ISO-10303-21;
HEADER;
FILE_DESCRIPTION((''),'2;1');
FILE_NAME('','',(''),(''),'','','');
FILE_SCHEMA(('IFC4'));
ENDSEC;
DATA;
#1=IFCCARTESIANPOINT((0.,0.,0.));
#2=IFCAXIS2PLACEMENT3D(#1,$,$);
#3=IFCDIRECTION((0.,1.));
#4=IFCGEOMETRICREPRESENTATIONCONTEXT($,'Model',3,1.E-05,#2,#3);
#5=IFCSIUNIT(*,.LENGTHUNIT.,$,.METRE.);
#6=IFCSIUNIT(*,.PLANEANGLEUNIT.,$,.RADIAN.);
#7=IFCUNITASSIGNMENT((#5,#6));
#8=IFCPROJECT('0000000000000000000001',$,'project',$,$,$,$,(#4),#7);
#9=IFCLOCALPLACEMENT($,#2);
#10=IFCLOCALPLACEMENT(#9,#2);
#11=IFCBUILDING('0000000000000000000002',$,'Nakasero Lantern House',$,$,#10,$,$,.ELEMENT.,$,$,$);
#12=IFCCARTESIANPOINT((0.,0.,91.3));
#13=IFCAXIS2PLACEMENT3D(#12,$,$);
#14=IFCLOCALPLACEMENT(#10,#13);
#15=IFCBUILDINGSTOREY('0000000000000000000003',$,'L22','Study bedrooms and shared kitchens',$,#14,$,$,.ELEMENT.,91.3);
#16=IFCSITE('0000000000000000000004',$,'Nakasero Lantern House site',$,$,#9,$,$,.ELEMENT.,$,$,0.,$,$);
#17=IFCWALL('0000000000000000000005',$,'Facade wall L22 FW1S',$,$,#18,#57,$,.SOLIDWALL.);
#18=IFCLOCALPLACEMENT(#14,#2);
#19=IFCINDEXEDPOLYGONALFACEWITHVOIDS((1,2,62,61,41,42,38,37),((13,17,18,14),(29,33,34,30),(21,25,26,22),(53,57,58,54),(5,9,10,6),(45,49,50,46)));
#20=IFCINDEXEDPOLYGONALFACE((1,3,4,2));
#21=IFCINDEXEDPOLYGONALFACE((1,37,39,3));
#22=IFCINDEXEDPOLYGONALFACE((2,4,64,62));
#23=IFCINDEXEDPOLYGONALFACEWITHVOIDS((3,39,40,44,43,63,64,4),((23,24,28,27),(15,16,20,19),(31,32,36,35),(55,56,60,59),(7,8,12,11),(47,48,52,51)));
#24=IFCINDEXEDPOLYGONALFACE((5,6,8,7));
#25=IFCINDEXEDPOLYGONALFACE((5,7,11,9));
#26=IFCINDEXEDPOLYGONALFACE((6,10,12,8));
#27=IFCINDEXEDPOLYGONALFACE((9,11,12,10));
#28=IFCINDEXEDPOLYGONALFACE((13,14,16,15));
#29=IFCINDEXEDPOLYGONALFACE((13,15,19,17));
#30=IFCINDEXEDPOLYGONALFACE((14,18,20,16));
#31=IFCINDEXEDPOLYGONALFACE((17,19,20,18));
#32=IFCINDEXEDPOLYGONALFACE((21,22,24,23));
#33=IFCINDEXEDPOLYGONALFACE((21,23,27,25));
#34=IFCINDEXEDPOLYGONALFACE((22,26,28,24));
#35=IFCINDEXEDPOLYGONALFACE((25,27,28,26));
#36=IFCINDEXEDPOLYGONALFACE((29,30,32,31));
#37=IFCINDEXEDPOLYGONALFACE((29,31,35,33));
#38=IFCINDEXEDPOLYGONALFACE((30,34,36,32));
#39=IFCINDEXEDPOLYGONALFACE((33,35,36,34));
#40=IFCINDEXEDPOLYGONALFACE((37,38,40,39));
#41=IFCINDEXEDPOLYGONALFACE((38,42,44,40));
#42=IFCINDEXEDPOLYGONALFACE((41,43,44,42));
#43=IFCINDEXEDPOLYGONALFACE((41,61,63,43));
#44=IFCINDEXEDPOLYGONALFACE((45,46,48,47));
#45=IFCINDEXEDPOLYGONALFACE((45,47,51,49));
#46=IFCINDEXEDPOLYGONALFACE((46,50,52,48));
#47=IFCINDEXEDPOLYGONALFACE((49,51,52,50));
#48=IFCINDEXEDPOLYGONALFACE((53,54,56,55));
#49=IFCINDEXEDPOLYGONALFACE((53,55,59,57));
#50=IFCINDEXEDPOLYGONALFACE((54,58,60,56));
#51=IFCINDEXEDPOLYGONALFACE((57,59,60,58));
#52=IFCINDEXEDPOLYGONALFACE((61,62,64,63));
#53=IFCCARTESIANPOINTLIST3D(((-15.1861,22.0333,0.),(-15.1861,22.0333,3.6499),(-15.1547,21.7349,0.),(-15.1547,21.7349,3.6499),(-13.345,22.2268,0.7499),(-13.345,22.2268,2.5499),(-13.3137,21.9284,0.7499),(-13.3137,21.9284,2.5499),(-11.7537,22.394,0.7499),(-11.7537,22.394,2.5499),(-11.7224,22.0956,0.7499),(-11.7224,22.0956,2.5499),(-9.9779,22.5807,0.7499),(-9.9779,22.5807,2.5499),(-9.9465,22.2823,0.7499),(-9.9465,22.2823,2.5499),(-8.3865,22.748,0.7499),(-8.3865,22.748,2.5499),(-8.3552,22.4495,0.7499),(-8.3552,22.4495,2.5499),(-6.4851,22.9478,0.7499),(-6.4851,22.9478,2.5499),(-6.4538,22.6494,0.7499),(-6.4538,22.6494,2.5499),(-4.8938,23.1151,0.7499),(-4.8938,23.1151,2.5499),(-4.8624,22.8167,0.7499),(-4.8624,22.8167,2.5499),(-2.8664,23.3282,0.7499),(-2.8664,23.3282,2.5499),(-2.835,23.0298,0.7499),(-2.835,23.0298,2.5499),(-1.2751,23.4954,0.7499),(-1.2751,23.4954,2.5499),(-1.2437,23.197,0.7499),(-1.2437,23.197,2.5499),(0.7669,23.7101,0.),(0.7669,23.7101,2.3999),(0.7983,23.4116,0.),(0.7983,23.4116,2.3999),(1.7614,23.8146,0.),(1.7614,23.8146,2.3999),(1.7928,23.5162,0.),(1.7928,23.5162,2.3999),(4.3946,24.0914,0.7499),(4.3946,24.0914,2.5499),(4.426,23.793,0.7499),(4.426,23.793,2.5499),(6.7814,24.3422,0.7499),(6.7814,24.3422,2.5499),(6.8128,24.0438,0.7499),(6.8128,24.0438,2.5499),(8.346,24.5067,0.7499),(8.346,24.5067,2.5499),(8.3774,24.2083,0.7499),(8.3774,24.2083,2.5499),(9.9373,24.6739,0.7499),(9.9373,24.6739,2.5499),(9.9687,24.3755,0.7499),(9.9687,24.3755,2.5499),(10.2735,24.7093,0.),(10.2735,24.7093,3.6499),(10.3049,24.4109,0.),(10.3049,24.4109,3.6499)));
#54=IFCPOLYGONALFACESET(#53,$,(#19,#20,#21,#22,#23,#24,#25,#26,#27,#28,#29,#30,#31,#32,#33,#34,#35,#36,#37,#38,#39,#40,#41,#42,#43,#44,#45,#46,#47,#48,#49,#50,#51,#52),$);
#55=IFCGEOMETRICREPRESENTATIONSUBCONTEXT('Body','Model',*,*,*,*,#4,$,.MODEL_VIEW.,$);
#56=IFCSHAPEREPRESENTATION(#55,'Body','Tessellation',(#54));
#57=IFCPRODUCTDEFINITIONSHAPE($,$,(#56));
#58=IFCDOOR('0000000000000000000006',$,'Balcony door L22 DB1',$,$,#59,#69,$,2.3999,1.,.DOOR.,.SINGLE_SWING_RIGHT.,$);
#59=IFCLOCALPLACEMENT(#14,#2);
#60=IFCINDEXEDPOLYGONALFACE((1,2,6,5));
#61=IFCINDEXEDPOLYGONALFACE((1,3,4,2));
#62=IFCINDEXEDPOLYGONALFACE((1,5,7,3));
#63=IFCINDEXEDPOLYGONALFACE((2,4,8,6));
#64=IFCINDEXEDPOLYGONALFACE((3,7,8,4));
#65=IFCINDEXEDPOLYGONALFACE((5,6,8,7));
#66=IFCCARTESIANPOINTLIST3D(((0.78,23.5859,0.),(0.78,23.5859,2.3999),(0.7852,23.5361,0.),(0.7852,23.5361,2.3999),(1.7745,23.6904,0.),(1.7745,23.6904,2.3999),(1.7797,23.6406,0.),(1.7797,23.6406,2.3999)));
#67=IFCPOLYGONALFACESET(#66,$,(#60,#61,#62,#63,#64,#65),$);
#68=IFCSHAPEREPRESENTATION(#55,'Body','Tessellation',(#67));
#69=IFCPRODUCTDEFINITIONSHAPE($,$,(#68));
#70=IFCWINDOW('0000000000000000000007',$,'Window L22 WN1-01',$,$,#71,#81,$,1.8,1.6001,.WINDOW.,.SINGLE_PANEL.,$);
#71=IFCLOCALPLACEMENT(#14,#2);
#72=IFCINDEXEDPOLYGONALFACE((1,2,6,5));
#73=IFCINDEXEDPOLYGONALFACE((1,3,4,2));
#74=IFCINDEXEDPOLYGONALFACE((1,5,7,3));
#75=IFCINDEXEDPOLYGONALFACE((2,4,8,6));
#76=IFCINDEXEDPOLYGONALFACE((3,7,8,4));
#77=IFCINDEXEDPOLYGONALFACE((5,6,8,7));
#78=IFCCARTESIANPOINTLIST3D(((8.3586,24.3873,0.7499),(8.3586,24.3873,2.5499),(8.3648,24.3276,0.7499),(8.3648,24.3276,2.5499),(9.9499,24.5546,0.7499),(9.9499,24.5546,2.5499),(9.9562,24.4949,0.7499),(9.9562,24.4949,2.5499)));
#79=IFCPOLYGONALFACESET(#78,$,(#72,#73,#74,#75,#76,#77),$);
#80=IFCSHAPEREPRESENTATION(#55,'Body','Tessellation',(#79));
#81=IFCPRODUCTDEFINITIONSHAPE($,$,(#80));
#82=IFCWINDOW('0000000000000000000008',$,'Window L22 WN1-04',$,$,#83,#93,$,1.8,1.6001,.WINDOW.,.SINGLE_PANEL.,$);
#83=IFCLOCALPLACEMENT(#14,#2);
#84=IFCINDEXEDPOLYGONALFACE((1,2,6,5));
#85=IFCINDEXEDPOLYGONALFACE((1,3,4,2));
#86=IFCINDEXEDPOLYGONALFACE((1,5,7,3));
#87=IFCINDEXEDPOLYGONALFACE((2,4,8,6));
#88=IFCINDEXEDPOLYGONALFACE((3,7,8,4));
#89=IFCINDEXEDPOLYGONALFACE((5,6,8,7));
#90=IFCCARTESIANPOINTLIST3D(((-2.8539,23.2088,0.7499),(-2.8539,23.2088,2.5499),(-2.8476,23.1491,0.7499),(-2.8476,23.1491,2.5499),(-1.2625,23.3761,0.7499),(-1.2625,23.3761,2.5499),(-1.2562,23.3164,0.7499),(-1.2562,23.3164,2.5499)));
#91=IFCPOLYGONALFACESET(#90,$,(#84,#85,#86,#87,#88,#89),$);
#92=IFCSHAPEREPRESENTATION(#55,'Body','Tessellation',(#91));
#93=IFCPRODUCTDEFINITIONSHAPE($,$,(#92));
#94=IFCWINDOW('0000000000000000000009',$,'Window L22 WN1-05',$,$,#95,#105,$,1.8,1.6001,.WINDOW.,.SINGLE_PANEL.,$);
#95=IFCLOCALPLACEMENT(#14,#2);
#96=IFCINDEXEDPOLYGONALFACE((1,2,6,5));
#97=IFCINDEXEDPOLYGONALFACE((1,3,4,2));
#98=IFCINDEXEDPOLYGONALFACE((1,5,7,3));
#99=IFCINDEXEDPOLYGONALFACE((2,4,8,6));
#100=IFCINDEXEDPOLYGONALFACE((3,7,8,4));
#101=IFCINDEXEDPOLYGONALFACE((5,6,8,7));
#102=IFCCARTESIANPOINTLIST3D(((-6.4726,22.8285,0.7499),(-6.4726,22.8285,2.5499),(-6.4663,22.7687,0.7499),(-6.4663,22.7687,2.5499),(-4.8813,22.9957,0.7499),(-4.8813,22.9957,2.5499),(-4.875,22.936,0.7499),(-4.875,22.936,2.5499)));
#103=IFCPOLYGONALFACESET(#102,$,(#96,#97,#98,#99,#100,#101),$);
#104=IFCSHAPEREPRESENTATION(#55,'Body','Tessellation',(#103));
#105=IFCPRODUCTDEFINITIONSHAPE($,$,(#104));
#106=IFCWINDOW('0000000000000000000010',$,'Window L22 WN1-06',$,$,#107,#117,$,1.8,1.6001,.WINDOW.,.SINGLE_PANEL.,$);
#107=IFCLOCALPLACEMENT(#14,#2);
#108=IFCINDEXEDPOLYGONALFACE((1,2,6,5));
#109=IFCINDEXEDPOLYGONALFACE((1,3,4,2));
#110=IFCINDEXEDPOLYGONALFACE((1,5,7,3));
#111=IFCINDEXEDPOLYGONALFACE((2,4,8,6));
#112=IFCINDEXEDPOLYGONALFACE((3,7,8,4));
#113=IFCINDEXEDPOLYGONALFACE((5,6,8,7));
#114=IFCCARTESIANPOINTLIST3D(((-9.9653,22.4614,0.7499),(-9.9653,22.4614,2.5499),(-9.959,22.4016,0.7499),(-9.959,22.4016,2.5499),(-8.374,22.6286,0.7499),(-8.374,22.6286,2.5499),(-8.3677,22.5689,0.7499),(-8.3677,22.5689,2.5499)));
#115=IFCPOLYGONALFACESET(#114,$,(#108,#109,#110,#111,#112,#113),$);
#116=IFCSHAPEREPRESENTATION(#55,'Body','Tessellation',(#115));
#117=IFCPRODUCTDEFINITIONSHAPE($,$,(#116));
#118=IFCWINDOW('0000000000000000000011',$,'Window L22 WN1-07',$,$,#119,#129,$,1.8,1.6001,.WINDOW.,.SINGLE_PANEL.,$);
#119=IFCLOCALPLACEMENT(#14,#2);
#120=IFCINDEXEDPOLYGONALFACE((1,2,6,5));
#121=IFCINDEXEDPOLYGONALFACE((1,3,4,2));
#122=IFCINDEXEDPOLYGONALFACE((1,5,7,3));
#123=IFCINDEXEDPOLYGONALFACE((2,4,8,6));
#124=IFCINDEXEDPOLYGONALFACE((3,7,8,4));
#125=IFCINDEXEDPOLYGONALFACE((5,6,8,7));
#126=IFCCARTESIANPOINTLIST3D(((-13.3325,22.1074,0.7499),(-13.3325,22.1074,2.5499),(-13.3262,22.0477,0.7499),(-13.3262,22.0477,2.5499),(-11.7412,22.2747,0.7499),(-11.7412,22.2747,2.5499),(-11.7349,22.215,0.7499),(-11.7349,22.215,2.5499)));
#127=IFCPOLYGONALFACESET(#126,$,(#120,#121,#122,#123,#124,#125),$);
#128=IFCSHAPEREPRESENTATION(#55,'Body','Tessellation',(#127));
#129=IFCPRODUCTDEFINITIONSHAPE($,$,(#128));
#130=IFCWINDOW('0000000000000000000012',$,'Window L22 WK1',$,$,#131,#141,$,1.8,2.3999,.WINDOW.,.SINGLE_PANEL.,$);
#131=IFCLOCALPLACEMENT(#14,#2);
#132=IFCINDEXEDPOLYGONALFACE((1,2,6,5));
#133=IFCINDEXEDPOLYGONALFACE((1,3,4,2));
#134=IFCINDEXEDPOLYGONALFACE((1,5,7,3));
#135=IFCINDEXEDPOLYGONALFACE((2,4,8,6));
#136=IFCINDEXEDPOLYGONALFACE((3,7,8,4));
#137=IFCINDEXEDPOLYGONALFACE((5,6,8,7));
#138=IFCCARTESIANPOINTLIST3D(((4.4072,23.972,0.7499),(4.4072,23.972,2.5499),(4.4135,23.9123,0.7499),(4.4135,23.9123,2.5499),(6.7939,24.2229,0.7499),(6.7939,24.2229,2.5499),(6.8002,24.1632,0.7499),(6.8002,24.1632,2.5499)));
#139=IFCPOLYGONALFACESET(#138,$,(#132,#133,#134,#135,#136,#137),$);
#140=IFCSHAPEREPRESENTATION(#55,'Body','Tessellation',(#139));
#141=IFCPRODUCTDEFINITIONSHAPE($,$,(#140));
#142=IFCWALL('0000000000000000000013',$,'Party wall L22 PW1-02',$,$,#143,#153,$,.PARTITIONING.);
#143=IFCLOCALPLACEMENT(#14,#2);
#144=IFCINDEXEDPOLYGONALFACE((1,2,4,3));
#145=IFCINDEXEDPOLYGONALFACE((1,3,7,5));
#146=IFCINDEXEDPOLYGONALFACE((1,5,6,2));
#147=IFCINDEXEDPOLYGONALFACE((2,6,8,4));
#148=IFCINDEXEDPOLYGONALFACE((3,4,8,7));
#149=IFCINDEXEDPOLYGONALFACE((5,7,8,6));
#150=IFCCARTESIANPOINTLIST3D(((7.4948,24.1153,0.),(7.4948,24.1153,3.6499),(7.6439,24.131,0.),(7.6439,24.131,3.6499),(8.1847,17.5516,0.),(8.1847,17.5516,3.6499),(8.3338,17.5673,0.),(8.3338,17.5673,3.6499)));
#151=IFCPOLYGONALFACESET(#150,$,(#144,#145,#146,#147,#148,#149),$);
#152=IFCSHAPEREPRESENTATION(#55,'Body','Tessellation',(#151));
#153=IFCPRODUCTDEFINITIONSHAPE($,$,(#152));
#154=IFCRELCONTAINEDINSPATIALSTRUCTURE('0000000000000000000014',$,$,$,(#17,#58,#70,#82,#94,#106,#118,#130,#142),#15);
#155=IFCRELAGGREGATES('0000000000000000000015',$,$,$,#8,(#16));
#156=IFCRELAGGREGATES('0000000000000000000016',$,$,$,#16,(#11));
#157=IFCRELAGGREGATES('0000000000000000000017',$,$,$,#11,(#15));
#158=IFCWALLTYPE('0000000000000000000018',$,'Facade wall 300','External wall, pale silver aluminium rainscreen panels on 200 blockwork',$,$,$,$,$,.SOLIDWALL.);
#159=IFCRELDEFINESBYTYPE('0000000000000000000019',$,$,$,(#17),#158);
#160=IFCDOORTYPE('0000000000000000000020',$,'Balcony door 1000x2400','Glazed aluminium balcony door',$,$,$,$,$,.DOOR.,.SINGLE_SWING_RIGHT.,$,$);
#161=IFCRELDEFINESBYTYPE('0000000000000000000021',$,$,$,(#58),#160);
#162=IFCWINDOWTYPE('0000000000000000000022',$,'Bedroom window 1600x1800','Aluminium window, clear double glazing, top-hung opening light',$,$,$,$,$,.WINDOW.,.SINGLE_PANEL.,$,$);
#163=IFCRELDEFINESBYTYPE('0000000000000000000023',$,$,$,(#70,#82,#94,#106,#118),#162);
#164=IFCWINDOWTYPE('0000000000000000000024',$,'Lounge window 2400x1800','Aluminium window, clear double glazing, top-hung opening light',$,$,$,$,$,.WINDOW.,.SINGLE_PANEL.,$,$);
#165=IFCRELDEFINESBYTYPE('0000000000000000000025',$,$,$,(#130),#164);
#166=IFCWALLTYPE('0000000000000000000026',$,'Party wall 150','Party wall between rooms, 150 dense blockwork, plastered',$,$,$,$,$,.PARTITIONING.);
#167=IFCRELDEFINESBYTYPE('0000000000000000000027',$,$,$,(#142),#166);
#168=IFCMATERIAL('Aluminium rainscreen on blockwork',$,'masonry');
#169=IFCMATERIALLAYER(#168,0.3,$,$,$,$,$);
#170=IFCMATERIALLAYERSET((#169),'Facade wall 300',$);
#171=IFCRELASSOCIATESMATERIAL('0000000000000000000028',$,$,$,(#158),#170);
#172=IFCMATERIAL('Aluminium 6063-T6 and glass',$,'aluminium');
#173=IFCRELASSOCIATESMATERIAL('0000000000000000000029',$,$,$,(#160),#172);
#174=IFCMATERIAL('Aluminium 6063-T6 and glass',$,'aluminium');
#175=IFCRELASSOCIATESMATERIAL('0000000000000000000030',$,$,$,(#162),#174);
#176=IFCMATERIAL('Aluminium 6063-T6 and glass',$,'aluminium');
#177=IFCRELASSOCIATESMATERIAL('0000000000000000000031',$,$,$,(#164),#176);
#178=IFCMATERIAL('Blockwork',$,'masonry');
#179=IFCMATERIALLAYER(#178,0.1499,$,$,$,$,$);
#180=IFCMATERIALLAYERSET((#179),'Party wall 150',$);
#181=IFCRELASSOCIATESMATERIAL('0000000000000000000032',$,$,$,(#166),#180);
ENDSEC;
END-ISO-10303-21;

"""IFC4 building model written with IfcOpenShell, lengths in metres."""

from ifc_helpers import new_model, si_unit, direction, frame, frame_2d, origin, place, context, subcontext, project, spatial, rectangle, extrude, material, layer, layer_set, type_object, element, fill, save


model = new_model("IFC4")

# Units and contexts
model_context = context("Model", 3, precision=1e-05, world=origin(), true_north=direction((0.0, 1.0)))
body_context = subcontext(model_context, "Body", "Model", "MODEL_VIEW")
ifc_project = project(units=[si_unit("LENGTHUNIT", "METRE"), si_unit("PLANEANGLEUNIT", "RADIAN")], contexts=[model_context])

# Site, building, storey
site_placement = place(None, origin())
site = spatial("IfcSite", under=ifc_project, at=site_placement, Name="Nakasero Lantern House site", CompositionType="ELEMENT", RefElevation=0.0)
building_placement = place(site_placement, origin())
building = spatial("IfcBuilding", under=site, at=building_placement, Name="Nakasero Lantern House", CompositionType="ELEMENT")
storey_placement = place(building_placement, frame((0.0, 0.0, 91.3)))
storey = spatial("IfcBuildingStorey", under=building, at=storey_placement, Name="L22", Description="Study bedrooms and shared kitchens", CompositionType="ELEMENT", Elevation=91.3)

# Wall, openings, door, windows
ifc_material_1 = material(Name="Aluminium rainscreen on blockwork", Category="masonry")
ifc_layer_1 = layer(ifc_material_1, 0.3)
ifc_layer_set_1 = layer_set([ifc_layer_1], Name="Facade wall 300")
wall_type_1 = type_object("IfcWallType", Name="Facade wall 300", Description="External wall, pale silver aluminium rainscreen panels on 200 blockwork", PredefinedType="SOLIDWALL", material=ifc_layer_set_1)
wall_1_placement = place(storey_placement, frame((10.2891, 24.5601, 0.0), z_axis=(0.0, 0.0, 1.0), x_axis=(-0.994521, -0.104532, 0.0)))
wall_1 = element("IfcWall", 1, at=wall_1_placement, inside=storey, type_object=wall_type_1, Name="Facade wall L22 FW1S", PredefinedType="SOLIDWALL", context=body_context, shape_type="SweptSolid", body=[
    extrude(rectangle(XDim=25.5999, YDim=0.3, at=frame_2d((12.7998, 0.0))), origin(), (0.0, 0.0, 1.0), 3.6499),
])
opening_1_placement = place(wall_1_placement, frame((0.3379, 0.0, 0.75)))
opening_1 = element("IfcOpeningElement", 2, at=opening_1_placement, cuts=wall_1, PredefinedType="OPENING", context=body_context, shape_type="SweptSolid", body=[
    extrude(rectangle(XDim=1.6001, YDim=1.8, at=frame_2d((0.8, 0.8999))), frame((0.0, 0.1699, 0.0), z_axis=(0.0, -1.0, 0.0), x_axis=(1.0, 0.0, 0.0)), (0.0, 0.0, 1.0), 0.3401),
])
opening_2_placement = place(wall_1_placement, frame((11.6121, 0.0, 0.75)))
opening_2 = element("IfcOpeningElement", 3, at=opening_2_placement, cuts=wall_1, PredefinedType="OPENING", context=body_context, shape_type="SweptSolid", body=[
    extrude(rectangle(XDim=1.6001, YDim=1.8, at=frame_2d((0.8, 0.8999))), frame((0.0, 0.1699, 0.0), z_axis=(0.0, -1.0, 0.0), x_axis=(1.0, 0.0, 0.0)), (0.0, 0.0, 1.0), 0.3401),
])
opening_3_placement = place(wall_1_placement, frame((15.2507, 0.0, 0.75)))
opening_3 = element("IfcOpeningElement", 4, at=opening_3_placement, cuts=wall_1, PredefinedType="OPENING", context=body_context, shape_type="SweptSolid", body=[
    extrude(rectangle(XDim=1.6001, YDim=1.8, at=frame_2d((0.8, 0.8999))), frame((0.0, 0.1699, 0.0), z_axis=(0.0, -1.0, 0.0), x_axis=(1.0, 0.0, 0.0)), (0.0, 0.0, 1.0), 0.3401),
])
opening_4_placement = place(wall_1_placement, frame((18.7627, 0.0, 0.75)))
opening_4 = element("IfcOpeningElement", 5, at=opening_4_placement, cuts=wall_1, PredefinedType="OPENING", context=body_context, shape_type="SweptSolid", body=[
    extrude(rectangle(XDim=1.6001, YDim=1.8, at=frame_2d((0.8, 0.8999))), frame((0.0, 0.1699, 0.0), z_axis=(0.0, -1.0, 0.0), x_axis=(1.0, 0.0, 0.0)), (0.0, 0.0, 1.0), 0.3401),
])
opening_5_placement = place(wall_1_placement, frame((22.1484, 0.0, 0.75)))
opening_5 = element("IfcOpeningElement", 6, at=opening_5_placement, cuts=wall_1, PredefinedType="OPENING", context=body_context, shape_type="SweptSolid", body=[
    extrude(rectangle(XDim=1.6001, YDim=1.8, at=frame_2d((0.8, 0.8999))), frame((0.0, 0.1699, 0.0), z_axis=(0.0, -1.0, 0.0), x_axis=(1.0, 0.0, 0.0)), (0.0, 0.0, 1.0), 0.3401),
])
opening_6_placement = place(wall_1_placement, frame((3.5112, 0.0, 0.75)))
opening_6 = element("IfcOpeningElement", 7, at=opening_6_placement, cuts=wall_1, PredefinedType="OPENING", context=body_context, shape_type="SweptSolid", body=[
    extrude(rectangle(XDim=2.3999, YDim=1.8, at=frame_2d((1.2, 0.8999))), frame((0.0, 0.1699, 0.0), z_axis=(0.0, -1.0, 0.0), x_axis=(1.0, 0.0, 0.0)), (0.0, 0.0, 1.0), 0.3401),
])
opening_7_placement = place(wall_1_placement, frame((8.5588, 0.0, 0.0)))
opening_7 = element("IfcOpeningElement", 8, at=opening_7_placement, cuts=wall_1, PredefinedType="OPENING", context=body_context, shape_type="SweptSolid", body=[
    extrude(rectangle(XDim=1.0, YDim=2.3999, at=frame_2d((0.5, 1.2))), frame((0.0, 0.1699, 0.0), z_axis=(0.0, -1.0, 0.0), x_axis=(1.0, 0.0, 0.0)), (0.0, 0.0, 1.0), 0.3401),
])
ifc_material_2 = material(Name="Aluminium 6063-T6 and glass", Category="aluminium")
door_type_1 = type_object("IfcDoorType", Name="Balcony door 1000x2400", Description="Glazed aluminium balcony door", OperationType="SINGLE_SWING_RIGHT", PredefinedType="DOOR", material=ifc_material_2)
door_1_placement = place(opening_7_placement, origin())
door_1 = element("IfcDoor", 9, at=door_1_placement, inside=storey, type_object=door_type_1, Name="Balcony door L22 DB1", OperationType="SINGLE_SWING_RIGHT", OverallHeight=2.3999, OverallWidth=1.0, PredefinedType="DOOR", context=body_context, shape_type="SweptSolid", body=[
    extrude(rectangle(XDim=1.0, YDim=2.3999, at=frame_2d((0.5, 1.2))), frame((0.0, 0.0249, 0.0), z_axis=(0.0, -1.0, 0.0), x_axis=(1.0, 0.0, 0.0)), (0.0, 0.0, 1.0), 0.05),
])
fill(opening_7, door_1)
ifc_material_3 = material(Name="Aluminium 6063-T6 and glass", Category="aluminium")
window_type_1 = type_object("IfcWindowType", Name="Bedroom window 1600x1800", Description="Aluminium window, clear double glazing, top-hung opening light", PartitioningType="SINGLE_PANEL", PredefinedType="WINDOW", material=ifc_material_3)
window_1_placement = place(opening_1_placement, origin())
window_1 = element("IfcWindow", 10, at=window_1_placement, inside=storey, type_object=window_type_1, Name="Window L22 WN1-01", OverallHeight=1.8, OverallWidth=1.6001, PartitioningType="SINGLE_PANEL", PredefinedType="WINDOW", context=body_context, shape_type="SweptSolid", body=[
    extrude(rectangle(XDim=1.6001, YDim=1.8, at=frame_2d((0.8, 0.8999))), frame((0.0, 0.03, 0.0), z_axis=(0.0, -1.0, 0.0), x_axis=(1.0, 0.0, 0.0)), (0.0, 0.0, 1.0), 0.0601),
])
fill(opening_1, window_1)
window_2_placement = place(opening_2_placement, origin())
window_2 = element("IfcWindow", 11, at=window_2_placement, inside=storey, type_object=window_type_1, Name="Window L22 WN1-04", OverallHeight=1.8, OverallWidth=1.6001, PartitioningType="SINGLE_PANEL", PredefinedType="WINDOW", context=body_context, shape_type="SweptSolid", body=[
    extrude(rectangle(XDim=1.6001, YDim=1.8, at=frame_2d((0.8, 0.8999))), frame((0.0, 0.03, 0.0), z_axis=(0.0, -1.0, 0.0), x_axis=(1.0, 0.0, 0.0)), (0.0, 0.0, 1.0), 0.0601),
])
fill(opening_2, window_2)
window_3_placement = place(opening_3_placement, origin())
window_3 = element("IfcWindow", 12, at=window_3_placement, inside=storey, type_object=window_type_1, Name="Window L22 WN1-05", OverallHeight=1.8, OverallWidth=1.6001, PartitioningType="SINGLE_PANEL", PredefinedType="WINDOW", context=body_context, shape_type="SweptSolid", body=[
    extrude(rectangle(XDim=1.6001, YDim=1.8, at=frame_2d((0.8, 0.8999))), frame((0.0, 0.03, 0.0), z_axis=(0.0, -1.0, 0.0), x_axis=(1.0, 0.0, 0.0)), (0.0, 0.0, 1.0), 0.0601),
])
fill(opening_3, window_3)
window_4_placement = place(opening_4_placement, origin())
window_4 = element("IfcWindow", 13, at=window_4_placement, inside=storey, type_object=window_type_1, Name="Window L22 WN1-06", OverallHeight=1.8, OverallWidth=1.6001, PartitioningType="SINGLE_PANEL", PredefinedType="WINDOW", context=body_context, shape_type="SweptSolid", body=[
    extrude(rectangle(XDim=1.6001, YDim=1.8, at=frame_2d((0.8, 0.8999))), frame((0.0, 0.03, 0.0), z_axis=(0.0, -1.0, 0.0), x_axis=(1.0, 0.0, 0.0)), (0.0, 0.0, 1.0), 0.0601),
])
fill(opening_4, window_4)
window_5_placement = place(opening_5_placement, origin())
window_5 = element("IfcWindow", 14, at=window_5_placement, inside=storey, type_object=window_type_1, Name="Window L22 WN1-07", OverallHeight=1.8, OverallWidth=1.6001, PartitioningType="SINGLE_PANEL", PredefinedType="WINDOW", context=body_context, shape_type="SweptSolid", body=[
    extrude(rectangle(XDim=1.6001, YDim=1.8, at=frame_2d((0.8, 0.8999))), frame((0.0, 0.03, 0.0), z_axis=(0.0, -1.0, 0.0), x_axis=(1.0, 0.0, 0.0)), (0.0, 0.0, 1.0), 0.0601),
])
fill(opening_5, window_5)
ifc_material_4 = material(Name="Aluminium 6063-T6 and glass", Category="aluminium")
window_type_2 = type_object("IfcWindowType", Name="Lounge window 2400x1800", Description="Aluminium window, clear double glazing, top-hung opening light", PartitioningType="SINGLE_PANEL", PredefinedType="WINDOW", material=ifc_material_4)
window_6_placement = place(opening_6_placement, origin())
window_6 = element("IfcWindow", 15, at=window_6_placement, inside=storey, type_object=window_type_2, Name="Window L22 WK1", OverallHeight=1.8, OverallWidth=2.3999, PartitioningType="SINGLE_PANEL", PredefinedType="WINDOW", context=body_context, shape_type="SweptSolid", body=[
    extrude(rectangle(XDim=2.3999, YDim=1.8, at=frame_2d((1.2, 0.8999))), frame((0.0, 0.03, 0.0), z_axis=(0.0, -1.0, 0.0), x_axis=(1.0, 0.0, 0.0)), (0.0, 0.0, 1.0), 0.0601),
])
fill(opening_6, window_6)

# Wall
ifc_material_5 = material(Name="Blockwork", Category="masonry")
ifc_layer_2 = layer(ifc_material_5, 0.1499)
ifc_layer_set_2 = layer_set([ifc_layer_2], Name="Party wall 150")
wall_type_2 = type_object("IfcWallType", Name="Party wall 150", Description="Party wall between rooms, 150 dense blockwork, plastered", PredefinedType="PARTITIONING", material=ifc_layer_set_2)
wall_2_placement = place(storey_placement, frame((8.2593, 17.5596, 0.0), z_axis=(0.0, 0.0, 1.0), x_axis=(-0.104538, 0.994521, 0.0)))
element("IfcWall", 16, at=wall_2_placement, inside=storey, type_object=wall_type_2, Name="Party wall L22 PW1-02", PredefinedType="PARTITIONING", context=body_context, shape_type="SweptSolid", body=[
    extrude(rectangle(XDim=6.5999, YDim=0.1499, at=frame_2d((3.2998, 0.0))), origin(), (0.0, 0.0, 1.0), 3.6499),
])

save(model, "model.ifc")
